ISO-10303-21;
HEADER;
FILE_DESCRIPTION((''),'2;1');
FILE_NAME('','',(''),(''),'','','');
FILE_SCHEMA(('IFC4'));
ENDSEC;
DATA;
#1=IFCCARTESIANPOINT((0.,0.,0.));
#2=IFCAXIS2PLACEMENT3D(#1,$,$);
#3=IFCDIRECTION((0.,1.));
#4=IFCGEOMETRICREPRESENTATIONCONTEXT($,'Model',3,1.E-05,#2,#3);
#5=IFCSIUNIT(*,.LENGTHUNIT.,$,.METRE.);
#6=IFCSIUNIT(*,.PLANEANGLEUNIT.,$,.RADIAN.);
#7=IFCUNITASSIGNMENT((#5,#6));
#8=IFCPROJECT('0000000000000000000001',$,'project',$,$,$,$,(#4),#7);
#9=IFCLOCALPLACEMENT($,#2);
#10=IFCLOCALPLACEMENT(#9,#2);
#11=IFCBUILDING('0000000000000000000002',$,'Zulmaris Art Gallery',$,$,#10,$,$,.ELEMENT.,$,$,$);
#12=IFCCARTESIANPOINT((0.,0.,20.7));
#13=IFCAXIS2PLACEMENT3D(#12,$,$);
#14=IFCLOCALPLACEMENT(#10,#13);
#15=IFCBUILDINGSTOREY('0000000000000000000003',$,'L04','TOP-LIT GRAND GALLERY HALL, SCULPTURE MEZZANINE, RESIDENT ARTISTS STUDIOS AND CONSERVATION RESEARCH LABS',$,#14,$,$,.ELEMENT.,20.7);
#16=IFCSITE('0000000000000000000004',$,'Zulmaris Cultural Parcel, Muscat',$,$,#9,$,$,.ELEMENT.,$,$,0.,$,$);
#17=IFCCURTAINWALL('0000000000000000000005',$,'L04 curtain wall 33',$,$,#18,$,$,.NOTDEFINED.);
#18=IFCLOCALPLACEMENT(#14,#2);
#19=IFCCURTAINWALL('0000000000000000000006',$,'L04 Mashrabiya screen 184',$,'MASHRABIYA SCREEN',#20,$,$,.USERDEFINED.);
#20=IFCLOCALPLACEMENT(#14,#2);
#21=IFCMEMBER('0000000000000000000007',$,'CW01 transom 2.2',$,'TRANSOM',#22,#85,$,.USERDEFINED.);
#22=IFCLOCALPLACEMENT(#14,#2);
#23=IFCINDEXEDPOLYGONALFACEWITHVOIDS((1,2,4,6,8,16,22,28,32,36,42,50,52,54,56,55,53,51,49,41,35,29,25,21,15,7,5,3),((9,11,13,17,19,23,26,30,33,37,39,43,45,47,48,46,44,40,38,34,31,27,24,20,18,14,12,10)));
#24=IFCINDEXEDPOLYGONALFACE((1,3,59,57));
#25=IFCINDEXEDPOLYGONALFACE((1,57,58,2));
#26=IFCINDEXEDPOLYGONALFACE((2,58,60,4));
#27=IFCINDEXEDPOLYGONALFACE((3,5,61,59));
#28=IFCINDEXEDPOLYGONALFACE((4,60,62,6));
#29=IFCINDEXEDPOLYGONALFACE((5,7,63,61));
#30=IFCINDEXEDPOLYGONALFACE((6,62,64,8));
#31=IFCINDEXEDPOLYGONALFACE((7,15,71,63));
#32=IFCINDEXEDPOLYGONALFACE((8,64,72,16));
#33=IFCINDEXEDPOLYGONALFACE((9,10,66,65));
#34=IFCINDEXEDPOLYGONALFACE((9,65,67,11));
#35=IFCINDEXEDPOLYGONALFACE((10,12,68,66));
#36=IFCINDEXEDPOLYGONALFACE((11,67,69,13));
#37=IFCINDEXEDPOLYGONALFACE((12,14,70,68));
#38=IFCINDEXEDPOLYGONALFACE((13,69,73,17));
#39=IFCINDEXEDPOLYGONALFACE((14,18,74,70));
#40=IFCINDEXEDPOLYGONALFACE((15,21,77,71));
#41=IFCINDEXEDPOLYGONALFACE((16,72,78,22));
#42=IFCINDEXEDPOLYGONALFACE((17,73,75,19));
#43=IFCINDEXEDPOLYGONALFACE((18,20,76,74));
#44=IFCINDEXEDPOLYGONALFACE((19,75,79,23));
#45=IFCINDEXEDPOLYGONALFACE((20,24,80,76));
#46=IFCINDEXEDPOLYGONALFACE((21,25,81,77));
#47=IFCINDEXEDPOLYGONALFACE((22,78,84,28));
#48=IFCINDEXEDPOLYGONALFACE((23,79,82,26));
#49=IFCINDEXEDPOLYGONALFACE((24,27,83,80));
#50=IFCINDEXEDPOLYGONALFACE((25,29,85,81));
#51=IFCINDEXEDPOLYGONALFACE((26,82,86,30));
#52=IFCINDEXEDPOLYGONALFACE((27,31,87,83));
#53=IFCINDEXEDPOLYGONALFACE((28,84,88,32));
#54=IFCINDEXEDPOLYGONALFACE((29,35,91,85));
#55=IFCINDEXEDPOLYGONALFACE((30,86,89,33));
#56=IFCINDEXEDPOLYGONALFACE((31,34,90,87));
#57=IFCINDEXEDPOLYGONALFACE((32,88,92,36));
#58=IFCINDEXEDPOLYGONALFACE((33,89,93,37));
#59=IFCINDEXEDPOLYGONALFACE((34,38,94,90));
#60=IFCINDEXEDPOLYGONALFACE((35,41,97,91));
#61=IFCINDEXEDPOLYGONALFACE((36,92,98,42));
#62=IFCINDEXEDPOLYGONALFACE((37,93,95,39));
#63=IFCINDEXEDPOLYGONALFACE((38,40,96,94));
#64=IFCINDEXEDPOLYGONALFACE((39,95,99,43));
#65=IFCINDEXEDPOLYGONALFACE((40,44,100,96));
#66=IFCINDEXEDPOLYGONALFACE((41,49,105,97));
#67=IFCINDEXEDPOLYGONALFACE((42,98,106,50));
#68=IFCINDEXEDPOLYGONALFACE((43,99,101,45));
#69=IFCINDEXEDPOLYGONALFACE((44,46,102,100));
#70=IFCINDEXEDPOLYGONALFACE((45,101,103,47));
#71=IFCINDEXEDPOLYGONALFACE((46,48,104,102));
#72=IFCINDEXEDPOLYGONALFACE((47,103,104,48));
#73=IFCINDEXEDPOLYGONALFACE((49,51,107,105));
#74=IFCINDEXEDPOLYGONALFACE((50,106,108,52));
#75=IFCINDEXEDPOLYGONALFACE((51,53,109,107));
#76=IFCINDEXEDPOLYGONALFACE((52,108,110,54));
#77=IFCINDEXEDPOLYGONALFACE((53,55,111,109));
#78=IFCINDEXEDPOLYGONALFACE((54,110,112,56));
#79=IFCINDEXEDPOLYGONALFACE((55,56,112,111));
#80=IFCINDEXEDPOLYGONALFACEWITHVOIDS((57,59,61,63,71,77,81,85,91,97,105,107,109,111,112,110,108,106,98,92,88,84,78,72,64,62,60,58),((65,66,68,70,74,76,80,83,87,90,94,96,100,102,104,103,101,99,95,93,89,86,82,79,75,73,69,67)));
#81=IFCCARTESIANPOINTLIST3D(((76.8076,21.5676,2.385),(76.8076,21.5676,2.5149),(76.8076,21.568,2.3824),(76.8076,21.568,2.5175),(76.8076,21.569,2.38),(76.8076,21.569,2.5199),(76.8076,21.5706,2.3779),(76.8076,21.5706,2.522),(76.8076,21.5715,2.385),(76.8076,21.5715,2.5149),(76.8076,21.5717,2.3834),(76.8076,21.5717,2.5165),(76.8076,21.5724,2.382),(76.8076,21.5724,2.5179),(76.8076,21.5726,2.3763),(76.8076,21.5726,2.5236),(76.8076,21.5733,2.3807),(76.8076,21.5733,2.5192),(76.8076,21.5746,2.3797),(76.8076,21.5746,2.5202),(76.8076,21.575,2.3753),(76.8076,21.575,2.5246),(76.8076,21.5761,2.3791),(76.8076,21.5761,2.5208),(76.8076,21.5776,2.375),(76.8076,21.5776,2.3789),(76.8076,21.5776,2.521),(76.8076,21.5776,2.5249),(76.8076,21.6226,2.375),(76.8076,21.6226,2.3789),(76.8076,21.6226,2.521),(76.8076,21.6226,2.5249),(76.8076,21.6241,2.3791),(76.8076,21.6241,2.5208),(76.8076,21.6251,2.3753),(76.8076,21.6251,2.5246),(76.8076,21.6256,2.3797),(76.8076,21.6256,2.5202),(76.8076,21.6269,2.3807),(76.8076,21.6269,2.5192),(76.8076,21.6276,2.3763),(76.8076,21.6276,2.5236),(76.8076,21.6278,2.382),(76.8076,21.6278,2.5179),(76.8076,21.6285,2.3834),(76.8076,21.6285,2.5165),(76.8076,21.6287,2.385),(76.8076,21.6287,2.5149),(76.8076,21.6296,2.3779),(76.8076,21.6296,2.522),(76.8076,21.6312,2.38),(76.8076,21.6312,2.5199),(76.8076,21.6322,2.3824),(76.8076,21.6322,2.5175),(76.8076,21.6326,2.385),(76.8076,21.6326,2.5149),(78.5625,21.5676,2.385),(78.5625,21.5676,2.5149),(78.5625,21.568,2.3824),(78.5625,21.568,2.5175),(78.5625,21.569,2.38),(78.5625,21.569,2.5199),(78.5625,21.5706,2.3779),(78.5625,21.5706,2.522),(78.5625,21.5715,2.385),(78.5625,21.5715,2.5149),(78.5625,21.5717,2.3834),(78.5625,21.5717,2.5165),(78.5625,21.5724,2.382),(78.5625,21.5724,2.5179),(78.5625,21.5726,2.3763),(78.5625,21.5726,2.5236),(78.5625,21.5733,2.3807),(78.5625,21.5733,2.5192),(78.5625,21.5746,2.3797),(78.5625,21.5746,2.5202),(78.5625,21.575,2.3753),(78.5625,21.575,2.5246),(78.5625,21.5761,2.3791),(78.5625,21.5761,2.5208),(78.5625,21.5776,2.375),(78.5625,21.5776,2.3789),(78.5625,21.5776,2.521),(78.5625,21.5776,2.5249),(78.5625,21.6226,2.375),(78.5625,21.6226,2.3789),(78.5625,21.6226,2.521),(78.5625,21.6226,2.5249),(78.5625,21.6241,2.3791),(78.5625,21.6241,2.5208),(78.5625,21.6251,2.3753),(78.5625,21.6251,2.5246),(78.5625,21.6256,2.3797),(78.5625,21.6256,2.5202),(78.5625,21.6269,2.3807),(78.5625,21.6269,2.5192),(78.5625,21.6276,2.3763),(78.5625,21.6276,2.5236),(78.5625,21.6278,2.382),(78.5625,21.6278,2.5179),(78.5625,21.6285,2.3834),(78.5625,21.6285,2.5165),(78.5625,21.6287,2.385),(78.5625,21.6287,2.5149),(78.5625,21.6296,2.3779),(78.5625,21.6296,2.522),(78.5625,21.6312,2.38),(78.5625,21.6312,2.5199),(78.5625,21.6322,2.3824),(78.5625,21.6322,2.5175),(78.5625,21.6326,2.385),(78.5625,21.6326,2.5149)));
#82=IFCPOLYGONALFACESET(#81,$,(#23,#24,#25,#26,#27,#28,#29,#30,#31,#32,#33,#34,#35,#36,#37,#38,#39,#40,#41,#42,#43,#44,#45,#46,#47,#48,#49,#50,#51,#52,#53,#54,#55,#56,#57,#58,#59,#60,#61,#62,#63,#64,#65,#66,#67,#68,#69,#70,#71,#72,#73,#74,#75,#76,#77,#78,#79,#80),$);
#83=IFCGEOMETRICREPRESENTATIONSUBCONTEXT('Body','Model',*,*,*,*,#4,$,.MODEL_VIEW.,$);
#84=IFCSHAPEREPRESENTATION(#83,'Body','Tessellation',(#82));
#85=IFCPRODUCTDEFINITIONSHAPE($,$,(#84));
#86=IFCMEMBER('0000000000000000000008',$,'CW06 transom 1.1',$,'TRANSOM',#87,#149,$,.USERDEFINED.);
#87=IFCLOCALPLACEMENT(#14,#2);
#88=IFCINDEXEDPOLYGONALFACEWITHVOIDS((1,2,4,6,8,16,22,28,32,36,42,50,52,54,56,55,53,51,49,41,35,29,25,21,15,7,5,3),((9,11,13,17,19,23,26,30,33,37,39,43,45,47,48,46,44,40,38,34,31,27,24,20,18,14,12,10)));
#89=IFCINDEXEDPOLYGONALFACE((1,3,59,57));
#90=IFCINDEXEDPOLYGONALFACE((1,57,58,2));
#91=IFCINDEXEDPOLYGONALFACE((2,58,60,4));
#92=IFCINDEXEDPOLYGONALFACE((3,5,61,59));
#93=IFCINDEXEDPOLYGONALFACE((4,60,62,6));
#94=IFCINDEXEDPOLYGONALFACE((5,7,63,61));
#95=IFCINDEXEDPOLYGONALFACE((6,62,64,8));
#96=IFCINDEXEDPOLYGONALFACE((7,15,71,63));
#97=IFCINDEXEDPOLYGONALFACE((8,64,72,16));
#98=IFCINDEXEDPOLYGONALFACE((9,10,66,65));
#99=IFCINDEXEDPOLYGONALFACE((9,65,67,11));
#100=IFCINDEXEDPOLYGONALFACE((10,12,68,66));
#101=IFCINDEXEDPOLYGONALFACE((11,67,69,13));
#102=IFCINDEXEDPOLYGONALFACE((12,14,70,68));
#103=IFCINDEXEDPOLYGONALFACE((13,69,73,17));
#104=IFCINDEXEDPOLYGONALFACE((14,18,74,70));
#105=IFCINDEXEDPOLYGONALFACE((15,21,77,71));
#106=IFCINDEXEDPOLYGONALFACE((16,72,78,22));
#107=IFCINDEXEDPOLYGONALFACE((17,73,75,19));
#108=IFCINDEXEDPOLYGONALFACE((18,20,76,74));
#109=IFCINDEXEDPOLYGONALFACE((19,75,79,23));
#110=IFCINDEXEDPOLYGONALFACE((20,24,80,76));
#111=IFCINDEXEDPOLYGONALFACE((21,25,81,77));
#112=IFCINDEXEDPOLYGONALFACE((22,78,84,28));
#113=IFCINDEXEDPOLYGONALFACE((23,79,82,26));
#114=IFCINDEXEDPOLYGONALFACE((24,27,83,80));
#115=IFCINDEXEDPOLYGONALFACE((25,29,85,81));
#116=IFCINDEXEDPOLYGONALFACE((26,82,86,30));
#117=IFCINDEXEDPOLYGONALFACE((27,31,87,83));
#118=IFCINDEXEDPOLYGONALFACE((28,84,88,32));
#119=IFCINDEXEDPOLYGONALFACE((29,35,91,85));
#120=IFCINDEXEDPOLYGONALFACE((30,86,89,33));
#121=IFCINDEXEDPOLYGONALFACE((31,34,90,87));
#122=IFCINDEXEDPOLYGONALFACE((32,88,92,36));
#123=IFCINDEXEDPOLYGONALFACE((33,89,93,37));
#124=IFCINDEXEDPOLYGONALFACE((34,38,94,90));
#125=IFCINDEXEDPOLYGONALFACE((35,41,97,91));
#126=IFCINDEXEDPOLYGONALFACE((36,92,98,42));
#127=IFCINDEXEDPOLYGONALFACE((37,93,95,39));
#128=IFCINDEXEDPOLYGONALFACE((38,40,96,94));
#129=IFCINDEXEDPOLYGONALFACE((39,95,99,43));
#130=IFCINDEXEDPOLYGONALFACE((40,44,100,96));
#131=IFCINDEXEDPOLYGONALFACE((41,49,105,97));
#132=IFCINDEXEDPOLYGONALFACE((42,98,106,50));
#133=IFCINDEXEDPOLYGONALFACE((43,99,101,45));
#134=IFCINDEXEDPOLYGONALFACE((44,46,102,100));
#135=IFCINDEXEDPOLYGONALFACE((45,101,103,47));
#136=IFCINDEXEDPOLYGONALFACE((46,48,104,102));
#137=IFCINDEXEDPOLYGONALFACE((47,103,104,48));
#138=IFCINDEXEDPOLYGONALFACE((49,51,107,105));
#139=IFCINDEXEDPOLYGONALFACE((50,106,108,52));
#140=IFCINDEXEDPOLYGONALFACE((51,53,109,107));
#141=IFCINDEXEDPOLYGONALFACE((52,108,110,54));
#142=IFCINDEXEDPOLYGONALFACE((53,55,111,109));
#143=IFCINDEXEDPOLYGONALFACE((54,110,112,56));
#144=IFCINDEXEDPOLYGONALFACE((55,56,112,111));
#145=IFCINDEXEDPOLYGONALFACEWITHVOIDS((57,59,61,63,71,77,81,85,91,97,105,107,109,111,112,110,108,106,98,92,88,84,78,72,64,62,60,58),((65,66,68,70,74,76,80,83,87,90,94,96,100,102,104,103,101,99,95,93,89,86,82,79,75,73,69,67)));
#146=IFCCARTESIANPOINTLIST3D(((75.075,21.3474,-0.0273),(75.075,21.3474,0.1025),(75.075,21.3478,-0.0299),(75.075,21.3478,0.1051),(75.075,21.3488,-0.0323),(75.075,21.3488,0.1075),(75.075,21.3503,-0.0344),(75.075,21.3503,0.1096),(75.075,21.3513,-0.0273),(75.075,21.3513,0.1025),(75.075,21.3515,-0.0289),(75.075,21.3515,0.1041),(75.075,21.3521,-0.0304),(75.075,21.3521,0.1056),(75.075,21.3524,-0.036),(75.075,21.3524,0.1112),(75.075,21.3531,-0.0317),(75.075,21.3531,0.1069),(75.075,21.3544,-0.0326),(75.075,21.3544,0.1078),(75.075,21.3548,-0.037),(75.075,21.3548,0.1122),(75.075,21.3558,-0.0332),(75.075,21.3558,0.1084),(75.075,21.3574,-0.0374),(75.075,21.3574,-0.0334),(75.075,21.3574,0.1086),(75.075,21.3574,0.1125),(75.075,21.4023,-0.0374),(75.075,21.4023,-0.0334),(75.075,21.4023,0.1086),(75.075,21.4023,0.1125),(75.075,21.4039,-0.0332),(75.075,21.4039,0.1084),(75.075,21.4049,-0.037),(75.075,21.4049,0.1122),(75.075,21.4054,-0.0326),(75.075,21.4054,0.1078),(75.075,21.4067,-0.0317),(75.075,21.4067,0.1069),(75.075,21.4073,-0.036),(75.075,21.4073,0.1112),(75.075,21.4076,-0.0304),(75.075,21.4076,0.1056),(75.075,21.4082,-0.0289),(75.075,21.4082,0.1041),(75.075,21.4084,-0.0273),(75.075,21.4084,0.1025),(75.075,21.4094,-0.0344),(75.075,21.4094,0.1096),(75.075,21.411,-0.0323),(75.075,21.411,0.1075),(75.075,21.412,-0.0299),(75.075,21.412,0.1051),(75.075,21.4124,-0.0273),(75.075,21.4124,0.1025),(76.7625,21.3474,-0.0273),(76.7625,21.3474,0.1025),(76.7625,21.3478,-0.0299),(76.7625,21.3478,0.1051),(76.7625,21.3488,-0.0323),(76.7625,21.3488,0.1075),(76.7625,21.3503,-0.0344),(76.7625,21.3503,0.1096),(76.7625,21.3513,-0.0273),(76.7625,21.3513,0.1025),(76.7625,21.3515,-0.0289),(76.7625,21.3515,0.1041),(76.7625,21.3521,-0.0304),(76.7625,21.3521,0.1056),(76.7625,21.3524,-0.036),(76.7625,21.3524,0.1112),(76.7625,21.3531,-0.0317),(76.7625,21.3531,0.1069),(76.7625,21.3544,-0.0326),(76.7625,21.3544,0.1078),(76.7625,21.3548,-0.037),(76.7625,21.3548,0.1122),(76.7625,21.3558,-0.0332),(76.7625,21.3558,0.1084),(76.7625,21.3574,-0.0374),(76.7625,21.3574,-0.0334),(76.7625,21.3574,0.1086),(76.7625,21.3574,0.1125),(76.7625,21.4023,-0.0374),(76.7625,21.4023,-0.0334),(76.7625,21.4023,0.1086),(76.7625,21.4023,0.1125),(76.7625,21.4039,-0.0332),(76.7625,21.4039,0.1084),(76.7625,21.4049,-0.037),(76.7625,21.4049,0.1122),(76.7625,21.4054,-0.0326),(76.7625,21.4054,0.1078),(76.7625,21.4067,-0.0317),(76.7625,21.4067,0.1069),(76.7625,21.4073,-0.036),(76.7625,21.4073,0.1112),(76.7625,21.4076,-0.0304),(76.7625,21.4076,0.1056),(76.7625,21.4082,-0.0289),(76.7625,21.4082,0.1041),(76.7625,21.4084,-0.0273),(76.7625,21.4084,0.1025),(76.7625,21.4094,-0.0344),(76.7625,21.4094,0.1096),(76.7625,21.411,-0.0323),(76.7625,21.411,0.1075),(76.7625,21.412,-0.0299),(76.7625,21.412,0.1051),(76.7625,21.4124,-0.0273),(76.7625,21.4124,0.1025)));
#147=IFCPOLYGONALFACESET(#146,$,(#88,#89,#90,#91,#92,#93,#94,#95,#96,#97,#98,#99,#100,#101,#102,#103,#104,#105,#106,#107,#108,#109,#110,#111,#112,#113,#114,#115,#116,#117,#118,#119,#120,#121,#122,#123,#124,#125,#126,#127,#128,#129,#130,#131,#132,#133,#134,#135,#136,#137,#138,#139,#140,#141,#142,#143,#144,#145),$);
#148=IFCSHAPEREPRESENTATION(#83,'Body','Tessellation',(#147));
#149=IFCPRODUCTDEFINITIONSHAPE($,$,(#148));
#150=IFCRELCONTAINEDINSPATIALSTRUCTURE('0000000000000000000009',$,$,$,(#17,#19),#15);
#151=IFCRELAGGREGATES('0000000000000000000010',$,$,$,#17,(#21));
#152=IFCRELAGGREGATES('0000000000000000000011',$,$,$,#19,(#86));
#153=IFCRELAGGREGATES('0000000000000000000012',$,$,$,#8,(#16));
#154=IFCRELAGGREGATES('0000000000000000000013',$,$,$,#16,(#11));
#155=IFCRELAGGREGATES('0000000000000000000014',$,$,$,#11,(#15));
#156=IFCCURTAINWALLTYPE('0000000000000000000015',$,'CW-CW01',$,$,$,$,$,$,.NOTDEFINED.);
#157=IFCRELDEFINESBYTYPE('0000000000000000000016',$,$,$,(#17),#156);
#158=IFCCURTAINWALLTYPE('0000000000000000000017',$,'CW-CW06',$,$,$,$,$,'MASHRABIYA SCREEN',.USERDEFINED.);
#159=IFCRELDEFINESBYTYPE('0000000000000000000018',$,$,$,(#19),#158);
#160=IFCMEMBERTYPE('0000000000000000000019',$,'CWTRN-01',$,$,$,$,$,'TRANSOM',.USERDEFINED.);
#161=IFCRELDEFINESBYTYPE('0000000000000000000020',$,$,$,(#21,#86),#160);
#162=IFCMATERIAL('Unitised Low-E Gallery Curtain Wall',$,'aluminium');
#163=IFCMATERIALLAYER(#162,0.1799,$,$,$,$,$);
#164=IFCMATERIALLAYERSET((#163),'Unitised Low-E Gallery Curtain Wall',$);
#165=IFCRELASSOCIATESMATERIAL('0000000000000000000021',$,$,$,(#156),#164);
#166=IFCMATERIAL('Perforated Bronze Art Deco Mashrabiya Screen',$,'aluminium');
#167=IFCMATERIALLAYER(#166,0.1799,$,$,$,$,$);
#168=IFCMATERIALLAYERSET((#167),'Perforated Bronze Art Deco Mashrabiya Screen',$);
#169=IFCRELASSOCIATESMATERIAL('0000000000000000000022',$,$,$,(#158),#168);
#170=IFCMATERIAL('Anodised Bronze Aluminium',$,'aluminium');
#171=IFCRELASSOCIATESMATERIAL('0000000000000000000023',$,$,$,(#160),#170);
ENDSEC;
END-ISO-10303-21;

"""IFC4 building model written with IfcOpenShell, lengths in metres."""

from ifc_helpers import new_model, si_unit, direction, frame, origin, origin_2d, place, context, subcontext, project, spatial, hollow_rectangle, extrude, material, layer, layer_set, material_profile, profile_set, type_object, element, aggregate, save


model = new_model("IFC4")

# Units and contexts
model_context = context("Model", 3, precision=1e-05, world=origin(), true_north=direction((0.0, 1.0)))
body_context = subcontext(model_context, "Body", "Model", "MODEL_VIEW")
ifc_project = project(units=[si_unit("LENGTHUNIT", "METRE"), si_unit("PLANEANGLEUNIT", "RADIAN")], contexts=[model_context])

# Site, building, storey
site_placement = place(None, origin())
site = spatial("IfcSite", under=ifc_project, at=site_placement, Name="Zulmaris Cultural Parcel, Muscat", CompositionType="ELEMENT", RefElevation=0.0)
building_placement = place(site_placement, origin())
building = spatial("IfcBuilding", under=site, at=building_placement, Name="Zulmaris Art Gallery", CompositionType="ELEMENT")
storey_placement = place(building_placement, frame((0.0, 0.0, 20.7)))
storey = spatial("IfcBuildingStorey", under=building, at=storey_placement, Name="L04", Description="TOP-LIT GRAND GALLERY HALL, SCULPTURE MEZZANINE, RESIDENT ARTISTS STUDIOS AND CONSERVATION RESEARCH LABS", CompositionType="ELEMENT", Elevation=20.7)

# Curtain wall
ifc_material_1 = material(Name="Unitised Low-E Gallery Curtain Wall", Category="aluminium")
ifc_layer_1 = layer(ifc_material_1, 0.1799)
ifc_layer_set_1 = layer_set([ifc_layer_1], Name="Unitised Low-E Gallery Curtain Wall")
curtain_wall_type_1 = type_object("IfcCurtainWallType", Name="CW-CW01", PredefinedType="NOTDEFINED", material=ifc_layer_set_1)
curtain_wall_1_placement = place(storey_placement, origin())
curtain_wall_1 = element("IfcCurtainWall", 1, at=curtain_wall_1_placement, inside=storey, type_object=curtain_wall_type_1, Name="L04 curtain wall 33", PredefinedType="NOTDEFINED")
ifc_material_2 = material(Name="Anodised Bronze Aluminium", Category="aluminium")

# Shared definitions
ifc_material_3 = material(Name="Perforated Bronze Art Deco Mashrabiya Screen", Category="aluminium")
ifc_layer_2 = layer(ifc_material_3, 0.1799)
ifc_layer_set_2 = layer_set([ifc_layer_2], Name="Perforated Bronze Art Deco Mashrabiya Screen")
curtain_wall_type_2 = type_object("IfcCurtainWallType", Name="CW-CW06", ElementType="MASHRABIYA SCREEN", PredefinedType="USERDEFINED", material=ifc_layer_set_2)

# Curtain wall
curtain_wall_2_placement = place(storey_placement, origin())
curtain_wall_2 = element("IfcCurtainWall", 2, at=curtain_wall_2_placement, inside=storey, type_object=curtain_wall_type_2, Name="L04 Mashrabiya screen 184", ObjectType="MASHRABIYA SCREEN", PredefinedType="USERDEFINED")

# Members
ifc_material_profile_1 = material_profile(ifc_material_2, hollow_rectangle(XDim=0.0649, YDim=0.1499, WallThickness=0.0039, InnerFilletRadius=0.0061, OuterFilletRadius=0.01, at=origin_2d()), Name="ALU 65x150x4")
ifc_profile_set_1 = profile_set([ifc_material_profile_1], Name="Anodised Bronze Aluminium")
member_type_1 = type_object("IfcMemberType", Name="CWTRN-01", ElementType="TRANSOM", PredefinedType="USERDEFINED", material=ifc_profile_set_1)
member_1_placement = place(storey_placement, frame((76.8076, 21.6001, 2.45), z_axis=(1.0, 0.0, 0.0), x_axis=(0.0, 1.0, 0.0)))
member_1 = element("IfcMember", 3, at=member_1_placement, type_object=member_type_1, Name="CW01 transom 2.2", ObjectType="TRANSOM", PredefinedType="USERDEFINED", context=body_context, shape_type="SweptSolid", body=[
    extrude(hollow_rectangle(XDim=0.0649, YDim=0.1499, WallThickness=0.0039, InnerFilletRadius=0.0061, OuterFilletRadius=0.01, at=origin_2d()), origin(), (0.0, 0.0, 1.0), 1.7549),
])
member_2_placement = place(storey_placement, frame((75.075, 21.3799, 0.0376), z_axis=(1.0, 0.0, 0.0), x_axis=(0.0, 1.0, 0.0)))
member_2 = element("IfcMember", 4, at=member_2_placement, type_object=member_type_1, Name="CW06 transom 1.1", ObjectType="TRANSOM", PredefinedType="USERDEFINED", context=body_context, shape_type="SweptSolid", body=[
    extrude(hollow_rectangle(XDim=0.0649, YDim=0.1499, WallThickness=0.0039, InnerFilletRadius=0.0061, OuterFilletRadius=0.01, at=origin_2d()), origin(), (0.0, 0.0, 1.0), 1.6875),
])

aggregate(curtain_wall_1, [member_1])
aggregate(curtain_wall_2, [member_2])

save(model, "model.ifc")
